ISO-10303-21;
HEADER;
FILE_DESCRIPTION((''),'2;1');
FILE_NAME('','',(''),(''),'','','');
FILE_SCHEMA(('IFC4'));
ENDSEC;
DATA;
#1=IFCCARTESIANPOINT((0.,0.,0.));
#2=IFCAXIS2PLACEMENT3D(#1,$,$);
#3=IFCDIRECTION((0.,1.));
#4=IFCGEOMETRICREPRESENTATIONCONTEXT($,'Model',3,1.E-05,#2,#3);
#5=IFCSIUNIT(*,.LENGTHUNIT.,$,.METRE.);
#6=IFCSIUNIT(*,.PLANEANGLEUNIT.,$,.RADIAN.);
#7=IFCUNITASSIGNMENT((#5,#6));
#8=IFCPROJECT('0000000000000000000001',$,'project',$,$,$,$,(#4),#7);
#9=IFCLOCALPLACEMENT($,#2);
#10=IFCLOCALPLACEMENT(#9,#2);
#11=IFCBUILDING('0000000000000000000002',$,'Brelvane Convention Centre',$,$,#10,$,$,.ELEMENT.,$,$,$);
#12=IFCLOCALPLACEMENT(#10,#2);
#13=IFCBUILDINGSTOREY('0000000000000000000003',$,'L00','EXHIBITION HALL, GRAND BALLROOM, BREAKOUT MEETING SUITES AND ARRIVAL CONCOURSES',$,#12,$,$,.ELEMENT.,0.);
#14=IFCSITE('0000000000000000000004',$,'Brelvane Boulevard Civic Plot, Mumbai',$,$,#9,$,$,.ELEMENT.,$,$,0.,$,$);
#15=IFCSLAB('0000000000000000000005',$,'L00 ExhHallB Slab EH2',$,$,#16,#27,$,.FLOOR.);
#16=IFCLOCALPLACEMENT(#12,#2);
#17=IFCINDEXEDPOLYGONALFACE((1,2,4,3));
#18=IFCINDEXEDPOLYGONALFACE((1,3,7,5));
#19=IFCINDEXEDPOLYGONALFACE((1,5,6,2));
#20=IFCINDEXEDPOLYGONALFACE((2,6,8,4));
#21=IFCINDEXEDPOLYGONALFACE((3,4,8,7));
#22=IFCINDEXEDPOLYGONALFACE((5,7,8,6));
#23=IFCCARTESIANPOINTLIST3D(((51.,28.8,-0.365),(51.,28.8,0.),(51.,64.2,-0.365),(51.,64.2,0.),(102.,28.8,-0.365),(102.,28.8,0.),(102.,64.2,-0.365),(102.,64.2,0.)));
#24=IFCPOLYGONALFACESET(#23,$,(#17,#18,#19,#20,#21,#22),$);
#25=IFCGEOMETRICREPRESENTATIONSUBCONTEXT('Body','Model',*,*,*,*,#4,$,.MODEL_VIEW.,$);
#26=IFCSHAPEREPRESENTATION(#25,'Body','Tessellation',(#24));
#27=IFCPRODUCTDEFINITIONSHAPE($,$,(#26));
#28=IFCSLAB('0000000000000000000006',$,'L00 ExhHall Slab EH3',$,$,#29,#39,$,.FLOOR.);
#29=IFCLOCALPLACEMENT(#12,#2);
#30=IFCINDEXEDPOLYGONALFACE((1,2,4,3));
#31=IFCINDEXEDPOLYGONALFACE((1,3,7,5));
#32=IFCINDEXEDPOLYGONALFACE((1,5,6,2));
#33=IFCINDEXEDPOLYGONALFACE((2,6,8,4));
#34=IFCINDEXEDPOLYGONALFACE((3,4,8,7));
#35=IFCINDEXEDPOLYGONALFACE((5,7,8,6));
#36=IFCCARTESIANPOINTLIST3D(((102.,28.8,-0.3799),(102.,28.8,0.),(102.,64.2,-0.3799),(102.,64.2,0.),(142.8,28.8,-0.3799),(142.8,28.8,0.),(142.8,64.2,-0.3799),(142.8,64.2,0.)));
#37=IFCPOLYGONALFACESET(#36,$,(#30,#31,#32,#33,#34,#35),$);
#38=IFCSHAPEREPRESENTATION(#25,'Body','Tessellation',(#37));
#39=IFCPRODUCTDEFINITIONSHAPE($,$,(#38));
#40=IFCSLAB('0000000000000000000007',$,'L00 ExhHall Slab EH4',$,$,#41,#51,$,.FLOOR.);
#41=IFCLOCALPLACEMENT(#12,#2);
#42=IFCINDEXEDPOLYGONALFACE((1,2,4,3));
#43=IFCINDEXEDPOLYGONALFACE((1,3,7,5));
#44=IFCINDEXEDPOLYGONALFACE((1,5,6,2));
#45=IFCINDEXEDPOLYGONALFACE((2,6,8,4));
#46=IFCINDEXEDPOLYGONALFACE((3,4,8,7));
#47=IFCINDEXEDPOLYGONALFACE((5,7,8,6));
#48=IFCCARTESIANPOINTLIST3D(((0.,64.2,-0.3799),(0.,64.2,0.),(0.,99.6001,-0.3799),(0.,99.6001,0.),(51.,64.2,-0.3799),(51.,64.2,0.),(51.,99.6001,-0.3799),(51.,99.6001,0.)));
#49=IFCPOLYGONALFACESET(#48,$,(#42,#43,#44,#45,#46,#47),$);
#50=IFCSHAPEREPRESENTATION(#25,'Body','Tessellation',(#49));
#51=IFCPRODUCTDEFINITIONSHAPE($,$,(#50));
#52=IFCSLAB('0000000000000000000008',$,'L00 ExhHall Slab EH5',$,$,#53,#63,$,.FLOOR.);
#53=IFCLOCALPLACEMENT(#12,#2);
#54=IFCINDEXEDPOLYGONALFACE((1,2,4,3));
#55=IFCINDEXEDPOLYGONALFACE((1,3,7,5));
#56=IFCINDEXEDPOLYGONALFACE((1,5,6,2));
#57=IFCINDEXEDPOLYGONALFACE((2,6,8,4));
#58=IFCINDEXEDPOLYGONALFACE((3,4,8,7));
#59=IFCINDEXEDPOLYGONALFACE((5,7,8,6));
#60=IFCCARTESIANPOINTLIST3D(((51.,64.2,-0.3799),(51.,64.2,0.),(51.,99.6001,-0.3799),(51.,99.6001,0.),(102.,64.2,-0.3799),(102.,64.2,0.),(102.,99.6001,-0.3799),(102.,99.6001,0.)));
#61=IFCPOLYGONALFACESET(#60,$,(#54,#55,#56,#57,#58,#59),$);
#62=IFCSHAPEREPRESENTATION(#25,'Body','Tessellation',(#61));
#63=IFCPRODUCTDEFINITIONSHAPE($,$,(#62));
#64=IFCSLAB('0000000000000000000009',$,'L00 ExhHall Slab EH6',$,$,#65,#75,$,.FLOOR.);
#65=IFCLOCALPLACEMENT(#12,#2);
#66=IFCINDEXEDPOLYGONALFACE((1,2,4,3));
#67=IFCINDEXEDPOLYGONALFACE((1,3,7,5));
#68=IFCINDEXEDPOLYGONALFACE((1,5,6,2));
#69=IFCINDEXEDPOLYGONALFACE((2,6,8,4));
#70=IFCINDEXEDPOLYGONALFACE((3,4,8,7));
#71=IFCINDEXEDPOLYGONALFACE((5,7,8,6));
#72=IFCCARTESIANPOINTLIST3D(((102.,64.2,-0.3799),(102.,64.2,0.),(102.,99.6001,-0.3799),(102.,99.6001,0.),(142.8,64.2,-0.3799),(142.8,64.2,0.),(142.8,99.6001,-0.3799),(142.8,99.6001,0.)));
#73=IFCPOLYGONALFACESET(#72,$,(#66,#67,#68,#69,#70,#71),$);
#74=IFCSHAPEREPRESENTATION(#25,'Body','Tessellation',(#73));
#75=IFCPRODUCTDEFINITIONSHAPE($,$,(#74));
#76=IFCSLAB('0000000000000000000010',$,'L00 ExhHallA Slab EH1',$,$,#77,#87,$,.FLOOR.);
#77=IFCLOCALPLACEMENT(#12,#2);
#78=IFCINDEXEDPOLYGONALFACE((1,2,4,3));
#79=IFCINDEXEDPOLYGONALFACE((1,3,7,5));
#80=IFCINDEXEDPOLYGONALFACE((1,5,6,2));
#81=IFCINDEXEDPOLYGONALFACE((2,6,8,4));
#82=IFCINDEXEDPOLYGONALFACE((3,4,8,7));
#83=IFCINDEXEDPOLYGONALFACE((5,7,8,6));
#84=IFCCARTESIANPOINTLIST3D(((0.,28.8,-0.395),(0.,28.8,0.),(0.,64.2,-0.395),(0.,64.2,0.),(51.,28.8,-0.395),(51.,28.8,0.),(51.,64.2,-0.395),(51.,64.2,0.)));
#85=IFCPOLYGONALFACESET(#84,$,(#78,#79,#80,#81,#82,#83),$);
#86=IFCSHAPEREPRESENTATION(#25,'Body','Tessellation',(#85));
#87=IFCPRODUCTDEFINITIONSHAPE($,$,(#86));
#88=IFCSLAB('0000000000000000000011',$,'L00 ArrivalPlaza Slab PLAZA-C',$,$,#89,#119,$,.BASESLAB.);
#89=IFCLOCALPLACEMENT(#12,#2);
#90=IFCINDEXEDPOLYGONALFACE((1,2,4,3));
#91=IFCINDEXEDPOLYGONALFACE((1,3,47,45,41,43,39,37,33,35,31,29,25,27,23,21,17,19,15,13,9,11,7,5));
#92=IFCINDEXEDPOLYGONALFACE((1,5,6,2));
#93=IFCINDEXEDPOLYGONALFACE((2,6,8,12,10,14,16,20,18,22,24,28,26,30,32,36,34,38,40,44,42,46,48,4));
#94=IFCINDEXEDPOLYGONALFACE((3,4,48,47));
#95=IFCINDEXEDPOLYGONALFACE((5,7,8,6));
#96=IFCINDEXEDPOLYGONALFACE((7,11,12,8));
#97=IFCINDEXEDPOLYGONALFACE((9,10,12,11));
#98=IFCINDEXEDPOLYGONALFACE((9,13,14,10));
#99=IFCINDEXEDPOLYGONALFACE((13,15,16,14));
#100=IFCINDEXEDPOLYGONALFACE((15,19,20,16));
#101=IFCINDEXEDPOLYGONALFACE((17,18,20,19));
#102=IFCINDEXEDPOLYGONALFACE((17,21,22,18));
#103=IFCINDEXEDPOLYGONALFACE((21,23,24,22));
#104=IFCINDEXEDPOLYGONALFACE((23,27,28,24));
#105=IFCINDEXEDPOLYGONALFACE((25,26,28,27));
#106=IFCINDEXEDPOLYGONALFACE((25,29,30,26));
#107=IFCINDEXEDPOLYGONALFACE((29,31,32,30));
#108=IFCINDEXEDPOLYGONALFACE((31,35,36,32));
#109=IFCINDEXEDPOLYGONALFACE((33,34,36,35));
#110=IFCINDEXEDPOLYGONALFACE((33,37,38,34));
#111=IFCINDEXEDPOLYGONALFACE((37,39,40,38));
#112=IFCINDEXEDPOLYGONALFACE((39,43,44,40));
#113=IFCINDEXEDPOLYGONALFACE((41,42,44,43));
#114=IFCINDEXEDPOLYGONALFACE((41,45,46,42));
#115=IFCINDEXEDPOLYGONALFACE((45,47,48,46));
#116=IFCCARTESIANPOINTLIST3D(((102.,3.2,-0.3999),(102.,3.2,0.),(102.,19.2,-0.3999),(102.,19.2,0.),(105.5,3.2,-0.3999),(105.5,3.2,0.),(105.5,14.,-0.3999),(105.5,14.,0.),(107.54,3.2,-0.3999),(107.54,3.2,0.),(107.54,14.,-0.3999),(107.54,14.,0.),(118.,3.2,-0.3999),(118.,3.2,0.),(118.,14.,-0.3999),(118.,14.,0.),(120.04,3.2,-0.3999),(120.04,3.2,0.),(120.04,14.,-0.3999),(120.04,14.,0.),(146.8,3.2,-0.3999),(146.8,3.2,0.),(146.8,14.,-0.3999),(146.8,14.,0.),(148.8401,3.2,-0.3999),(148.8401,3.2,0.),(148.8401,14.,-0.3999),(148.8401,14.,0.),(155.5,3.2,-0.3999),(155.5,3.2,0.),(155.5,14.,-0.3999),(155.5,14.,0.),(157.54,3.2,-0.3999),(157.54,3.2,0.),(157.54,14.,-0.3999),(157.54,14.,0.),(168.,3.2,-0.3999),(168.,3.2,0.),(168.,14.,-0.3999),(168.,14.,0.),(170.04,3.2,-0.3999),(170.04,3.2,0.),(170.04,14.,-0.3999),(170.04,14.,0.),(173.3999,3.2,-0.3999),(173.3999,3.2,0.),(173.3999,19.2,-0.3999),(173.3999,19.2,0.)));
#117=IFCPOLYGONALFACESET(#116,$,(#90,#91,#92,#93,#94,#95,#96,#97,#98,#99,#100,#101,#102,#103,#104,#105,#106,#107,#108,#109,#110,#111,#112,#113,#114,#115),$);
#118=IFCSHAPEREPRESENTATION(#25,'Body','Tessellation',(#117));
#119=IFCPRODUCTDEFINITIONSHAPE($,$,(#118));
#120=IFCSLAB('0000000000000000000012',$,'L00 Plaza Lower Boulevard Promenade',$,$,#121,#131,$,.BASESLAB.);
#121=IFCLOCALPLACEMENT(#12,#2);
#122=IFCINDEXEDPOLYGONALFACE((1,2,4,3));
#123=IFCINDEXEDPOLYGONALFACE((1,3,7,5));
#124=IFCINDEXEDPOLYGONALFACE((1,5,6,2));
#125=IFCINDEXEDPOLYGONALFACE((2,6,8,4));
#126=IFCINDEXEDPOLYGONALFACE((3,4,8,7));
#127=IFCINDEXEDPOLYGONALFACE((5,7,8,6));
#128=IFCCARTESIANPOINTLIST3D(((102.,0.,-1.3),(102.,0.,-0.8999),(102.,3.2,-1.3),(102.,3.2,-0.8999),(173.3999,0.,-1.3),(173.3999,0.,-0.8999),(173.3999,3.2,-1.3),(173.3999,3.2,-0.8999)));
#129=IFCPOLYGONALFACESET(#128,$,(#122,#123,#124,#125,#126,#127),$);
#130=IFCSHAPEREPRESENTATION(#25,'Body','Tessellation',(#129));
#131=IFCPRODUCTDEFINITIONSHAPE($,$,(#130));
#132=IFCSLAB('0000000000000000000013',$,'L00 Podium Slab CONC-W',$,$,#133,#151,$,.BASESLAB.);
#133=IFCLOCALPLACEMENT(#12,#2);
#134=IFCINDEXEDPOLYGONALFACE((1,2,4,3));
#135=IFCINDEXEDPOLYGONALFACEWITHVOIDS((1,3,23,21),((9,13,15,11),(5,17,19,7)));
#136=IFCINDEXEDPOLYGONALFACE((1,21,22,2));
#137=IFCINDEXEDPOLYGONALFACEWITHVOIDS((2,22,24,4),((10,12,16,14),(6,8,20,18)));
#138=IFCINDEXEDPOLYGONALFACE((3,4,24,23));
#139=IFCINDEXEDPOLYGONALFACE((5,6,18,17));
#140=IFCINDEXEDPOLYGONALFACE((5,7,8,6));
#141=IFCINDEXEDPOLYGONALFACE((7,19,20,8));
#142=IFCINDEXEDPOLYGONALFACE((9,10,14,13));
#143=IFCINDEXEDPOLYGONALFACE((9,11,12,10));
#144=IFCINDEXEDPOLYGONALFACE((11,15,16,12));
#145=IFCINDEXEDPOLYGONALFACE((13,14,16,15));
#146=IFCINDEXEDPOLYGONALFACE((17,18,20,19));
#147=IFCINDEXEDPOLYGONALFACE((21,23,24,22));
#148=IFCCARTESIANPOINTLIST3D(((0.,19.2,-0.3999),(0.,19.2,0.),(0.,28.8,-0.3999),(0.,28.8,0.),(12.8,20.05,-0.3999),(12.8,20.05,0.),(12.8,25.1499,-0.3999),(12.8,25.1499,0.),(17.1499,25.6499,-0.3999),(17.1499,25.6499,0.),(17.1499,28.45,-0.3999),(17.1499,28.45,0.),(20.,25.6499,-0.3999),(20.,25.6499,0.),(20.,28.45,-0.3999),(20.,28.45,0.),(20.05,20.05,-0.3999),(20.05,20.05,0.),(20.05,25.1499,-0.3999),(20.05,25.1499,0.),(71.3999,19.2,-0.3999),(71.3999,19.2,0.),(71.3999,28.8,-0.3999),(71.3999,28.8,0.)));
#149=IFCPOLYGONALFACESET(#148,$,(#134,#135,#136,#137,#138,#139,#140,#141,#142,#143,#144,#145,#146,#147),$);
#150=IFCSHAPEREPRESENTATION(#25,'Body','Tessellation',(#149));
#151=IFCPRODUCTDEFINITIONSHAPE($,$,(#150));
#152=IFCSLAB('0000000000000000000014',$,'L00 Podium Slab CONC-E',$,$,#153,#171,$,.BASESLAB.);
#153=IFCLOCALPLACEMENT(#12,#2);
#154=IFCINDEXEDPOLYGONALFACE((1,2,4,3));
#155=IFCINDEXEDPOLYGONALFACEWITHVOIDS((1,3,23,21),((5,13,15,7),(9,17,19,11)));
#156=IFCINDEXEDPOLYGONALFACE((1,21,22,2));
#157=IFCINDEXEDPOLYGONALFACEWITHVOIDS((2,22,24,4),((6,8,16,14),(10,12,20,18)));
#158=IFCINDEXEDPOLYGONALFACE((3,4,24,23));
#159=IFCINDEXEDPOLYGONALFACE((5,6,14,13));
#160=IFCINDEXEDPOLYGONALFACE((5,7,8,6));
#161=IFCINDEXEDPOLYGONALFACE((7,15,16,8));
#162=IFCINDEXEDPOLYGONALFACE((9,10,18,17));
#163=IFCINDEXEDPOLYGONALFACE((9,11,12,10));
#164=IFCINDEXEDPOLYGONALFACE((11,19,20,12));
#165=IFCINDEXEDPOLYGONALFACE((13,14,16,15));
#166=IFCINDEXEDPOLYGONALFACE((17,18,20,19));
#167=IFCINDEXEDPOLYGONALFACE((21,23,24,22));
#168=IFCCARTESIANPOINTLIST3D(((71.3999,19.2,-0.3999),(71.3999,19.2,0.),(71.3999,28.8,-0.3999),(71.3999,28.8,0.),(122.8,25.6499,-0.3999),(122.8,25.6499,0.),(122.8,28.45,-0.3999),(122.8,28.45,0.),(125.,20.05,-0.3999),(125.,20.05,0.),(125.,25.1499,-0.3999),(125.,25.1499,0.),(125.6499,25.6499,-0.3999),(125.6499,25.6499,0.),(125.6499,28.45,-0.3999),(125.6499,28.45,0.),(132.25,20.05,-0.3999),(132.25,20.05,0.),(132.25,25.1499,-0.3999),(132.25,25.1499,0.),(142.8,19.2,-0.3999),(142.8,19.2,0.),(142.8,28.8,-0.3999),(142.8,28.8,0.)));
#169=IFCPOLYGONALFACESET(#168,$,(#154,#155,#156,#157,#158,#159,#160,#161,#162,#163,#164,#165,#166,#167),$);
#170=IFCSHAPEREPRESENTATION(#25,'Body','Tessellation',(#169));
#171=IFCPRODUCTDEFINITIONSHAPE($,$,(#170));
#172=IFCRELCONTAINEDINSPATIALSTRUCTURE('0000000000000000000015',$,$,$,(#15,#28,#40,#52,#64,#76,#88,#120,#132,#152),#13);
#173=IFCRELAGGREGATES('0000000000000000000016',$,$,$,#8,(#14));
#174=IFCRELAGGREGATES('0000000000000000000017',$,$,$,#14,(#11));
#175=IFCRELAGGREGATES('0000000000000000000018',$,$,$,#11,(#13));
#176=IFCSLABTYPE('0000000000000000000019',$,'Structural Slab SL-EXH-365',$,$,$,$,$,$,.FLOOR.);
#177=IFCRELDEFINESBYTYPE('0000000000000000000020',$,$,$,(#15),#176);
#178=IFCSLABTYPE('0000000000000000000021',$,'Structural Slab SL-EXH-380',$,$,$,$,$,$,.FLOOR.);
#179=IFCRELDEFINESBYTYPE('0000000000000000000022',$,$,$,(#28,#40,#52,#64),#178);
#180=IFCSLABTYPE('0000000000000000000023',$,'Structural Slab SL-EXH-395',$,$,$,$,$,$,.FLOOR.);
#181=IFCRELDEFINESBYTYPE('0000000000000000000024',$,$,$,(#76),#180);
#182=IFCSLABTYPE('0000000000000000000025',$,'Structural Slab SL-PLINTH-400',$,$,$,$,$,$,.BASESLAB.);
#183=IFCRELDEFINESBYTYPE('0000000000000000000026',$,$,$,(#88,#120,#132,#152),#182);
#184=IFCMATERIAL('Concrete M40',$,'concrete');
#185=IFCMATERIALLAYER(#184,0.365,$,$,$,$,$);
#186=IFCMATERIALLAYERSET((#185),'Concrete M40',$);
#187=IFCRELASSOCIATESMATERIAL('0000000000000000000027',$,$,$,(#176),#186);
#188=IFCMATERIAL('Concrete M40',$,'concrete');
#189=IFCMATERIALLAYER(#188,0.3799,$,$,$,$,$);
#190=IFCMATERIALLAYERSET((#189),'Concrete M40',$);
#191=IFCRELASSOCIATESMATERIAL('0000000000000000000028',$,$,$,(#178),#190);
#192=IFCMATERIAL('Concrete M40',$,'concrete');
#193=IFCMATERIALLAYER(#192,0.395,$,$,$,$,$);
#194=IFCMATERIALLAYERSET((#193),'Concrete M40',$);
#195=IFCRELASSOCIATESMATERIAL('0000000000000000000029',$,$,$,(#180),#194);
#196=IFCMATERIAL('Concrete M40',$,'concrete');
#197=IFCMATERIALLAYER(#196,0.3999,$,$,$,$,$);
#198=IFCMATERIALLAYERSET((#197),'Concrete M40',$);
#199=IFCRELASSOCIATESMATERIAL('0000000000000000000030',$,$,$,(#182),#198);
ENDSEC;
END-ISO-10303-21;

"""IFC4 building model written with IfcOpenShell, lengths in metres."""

from ifc_helpers import new_model, si_unit, direction, frame, origin, place, context, subcontext, project, spatial, polyline, outline, extrude, material, layer, layer_set, type_object, element, save


model = new_model("IFC4")

# Units and contexts
model_context = context("Model", 3, precision=1e-05, world=origin(), true_north=direction((0.0, 1.0)))
body_context = subcontext(model_context, "Body", "Model", "MODEL_VIEW")
ifc_project = project(units=[si_unit("LENGTHUNIT", "METRE"), si_unit("PLANEANGLEUNIT", "RADIAN")], contexts=[model_context])

# Site, building, storey
site_placement = place(None, origin())
site = spatial("IfcSite", under=ifc_project, at=site_placement, Name="Brelvane Boulevard Civic Plot, Mumbai", CompositionType="ELEMENT", RefElevation=0.0)
building_placement = place(site_placement, origin())
building = spatial("IfcBuilding", under=site, at=building_placement, Name="Brelvane Convention Centre", CompositionType="ELEMENT")
storey_placement = place(building_placement, origin())
storey = spatial("IfcBuildingStorey", under=building, at=storey_placement, Name="L00", Description="EXHIBITION HALL, GRAND BALLROOM, BREAKOUT MEETING SUITES AND ARRIVAL CONCOURSES", CompositionType="ELEMENT", Elevation=0.0)

# Slabs
ifc_material_1 = material(Name="Concrete M40", Category="concrete")
ifc_layer_1 = layer(ifc_material_1, 0.365)
ifc_layer_set_1 = layer_set([ifc_layer_1], Name="Concrete M40")
slab_type_1 = type_object("IfcSlabType", Name="Structural Slab SL-EXH-365", PredefinedType="FLOOR", material=ifc_layer_set_1)
slab_1_placement = place(storey_placement, frame((0.0, 0.0, -0.365)))
element("IfcSlab", 1, at=slab_1_placement, inside=storey, type_object=slab_type_1, Name="L00 ExhHallB Slab EH2", PredefinedType="FLOOR", context=body_context, shape_type="SweptSolid", body=[
    extrude(outline(polyline([(51.0, 28.8), (102.0, 28.8), (102.0, 64.2), (51.0, 64.2), (51.0, 28.8)])), origin(), (0.0, 0.0, 1.0), 0.365),
])
ifc_material_2 = material(Name="Concrete M40", Category="concrete")
ifc_layer_2 = layer(ifc_material_2, 0.3799)
ifc_layer_set_2 = layer_set([ifc_layer_2], Name="Concrete M40")
slab_type_2 = type_object("IfcSlabType", Name="Structural Slab SL-EXH-380", PredefinedType="FLOOR", material=ifc_layer_set_2)
slab_2_placement = place(storey_placement, frame((0.0, 0.0, -0.3799)))
element("IfcSlab", 2, at=slab_2_placement, inside=storey, type_object=slab_type_2, Name="L00 ExhHall Slab EH3", PredefinedType="FLOOR", context=body_context, shape_type="SweptSolid", body=[
    extrude(outline(polyline([(102.0, 28.8), (142.8, 28.8), (142.8, 64.2), (102.0, 64.2), (102.0, 28.8)])), origin(), (0.0, 0.0, 1.0), 0.3799),
])
slab_3_placement = place(storey_placement, frame((0.0, 0.0, -0.3799)))
element("IfcSlab", 3, at=slab_3_placement, inside=storey, type_object=slab_type_2, Name="L00 ExhHall Slab EH4", PredefinedType="FLOOR", context=body_context, shape_type="SweptSolid", body=[
    extrude(outline(polyline([(0.0, 64.2), (51.0, 64.2), (51.0, 99.6001), (0.0, 99.6001), (0.0, 64.2)])), origin(), (0.0, 0.0, 1.0), 0.3799),
])
slab_4_placement = place(storey_placement, frame((0.0, 0.0, -0.3799)))
element("IfcSlab", 4, at=slab_4_placement, inside=storey, type_object=slab_type_2, Name="L00 ExhHall Slab EH5", PredefinedType="FLOOR", context=body_context, shape_type="SweptSolid", body=[
    extrude(outline(polyline([(51.0, 64.2), (102.0, 64.2), (102.0, 99.6001), (51.0, 99.6001), (51.0, 64.2)])), origin(), (0.0, 0.0, 1.0), 0.3799),
])
slab_5_placement = place(storey_placement, frame((0.0, 0.0, -0.3799)))
element("IfcSlab", 5, at=slab_5_placement, inside=storey, type_object=slab_type_2, Name="L00 ExhHall Slab EH6", PredefinedType="FLOOR", context=body_context, shape_type="SweptSolid", body=[
    extrude(outline(polyline([(102.0, 64.2), (142.8, 64.2), (142.8, 99.6001), (102.0, 99.6001), (102.0, 64.2)])), origin(), (0.0, 0.0, 1.0), 0.3799),
])
ifc_material_3 = material(Name="Concrete M40", Category="concrete")
ifc_layer_3 = layer(ifc_material_3, 0.395)
ifc_layer_set_3 = layer_set([ifc_layer_3], Name="Concrete M40")
slab_type_3 = type_object("IfcSlabType", Name="Structural Slab SL-EXH-395", PredefinedType="FLOOR", material=ifc_layer_set_3)
slab_6_placement = place(storey_placement, frame((0.0, 0.0, -0.395)))
element("IfcSlab", 6, at=slab_6_placement, inside=storey, type_object=slab_type_3, Name="L00 ExhHallA Slab EH1", PredefinedType="FLOOR", context=body_context, shape_type="SweptSolid", body=[
    extrude(outline(polyline([(0.0, 28.8), (51.0, 28.8), (51.0, 64.2), (0.0, 64.2), (0.0, 28.8)])), origin(), (0.0, 0.0, 1.0), 0.395),
])
ifc_material_4 = material(Name="Concrete M40", Category="concrete")
ifc_layer_4 = layer(ifc_material_4, 0.3999)
ifc_layer_set_4 = layer_set([ifc_layer_4], Name="Concrete M40")
slab_type_4 = type_object("IfcSlabType", Name="Structural Slab SL-PLINTH-400", PredefinedType="BASESLAB", material=ifc_layer_set_4)
slab_7_placement = place(storey_placement, frame((0.0, 0.0, -0.3999)))
element("IfcSlab", 7, at=slab_7_placement, inside=storey, type_object=slab_type_4, Name="L00 ArrivalPlaza Slab PLAZA-C", PredefinedType="BASESLAB", context=body_context, shape_type="SweptSolid", body=[
    extrude(outline(polyline([(102.0, 3.2), (105.5, 3.2), (105.5, 14.0), (107.54, 14.0), (107.54, 3.2), (118.0, 3.2), (118.0, 14.0), (120.04, 14.0), (120.04, 3.2), (146.8, 3.2), (146.8, 14.0), (148.8401, 14.0), (148.8401, 3.2), (155.5, 3.2), (155.5, 14.0), (157.54, 14.0), (157.54, 3.2), (168.0, 3.2), (168.0, 14.0), (170.04, 14.0), (170.04, 3.2), (173.3999, 3.2), (173.3999, 19.2), (102.0, 19.2), (102.0, 3.2)])), origin(), (0.0, 0.0, 1.0), 0.3999),
])
slab_8_placement = place(storey_placement, frame((0.0, 0.0, -1.3)))
element("IfcSlab", 8, at=slab_8_placement, inside=storey, type_object=slab_type_4, Name="L00 Plaza Lower Boulevard Promenade", PredefinedType="BASESLAB", context=body_context, shape_type="SweptSolid", body=[
    extrude(outline(polyline([(102.0, 0.0), (173.3999, 0.0), (173.3999, 3.2), (102.0, 3.2), (102.0, 0.0)])), origin(), (0.0, 0.0, 1.0), 0.4001),
])
slab_9_placement = place(storey_placement, frame((0.0, 0.0, -0.3999)))
element("IfcSlab", 9, at=slab_9_placement, inside=storey, type_object=slab_type_4, Name="L00 Podium Slab CONC-W", PredefinedType="BASESLAB", context=body_context, shape_type="SweptSolid", body=[
    extrude(outline(polyline([(0.0, 19.2), (71.3999, 19.2), (71.3999, 28.8), (0.0, 28.8), (0.0, 19.2)]), holes=[polyline([(12.8, 20.05), (20.05, 20.05), (20.05, 25.1499), (12.8, 25.1499), (12.8, 20.05)]), polyline([(17.1499, 25.6499), (20.0, 25.6499), (20.0, 28.45), (17.1499, 28.45), (17.1499, 25.6499)])]), origin(), (0.0, 0.0, 1.0), 0.3999),
])
slab_10_placement = place(storey_placement, frame((0.0, 0.0, -0.3999)))
element("IfcSlab", 10, at=slab_10_placement, inside=storey, type_object=slab_type_4, Name="L00 Podium Slab CONC-E", PredefinedType="BASESLAB", context=body_context, shape_type="SweptSolid", body=[
    extrude(outline(polyline([(71.3999, 19.2), (142.8, 19.2), (142.8, 28.8), (71.3999, 28.8), (71.3999, 19.2)]), holes=[polyline([(125.0, 20.05), (132.25, 20.05), (132.25, 25.1499), (125.0, 25.1499), (125.0, 20.05)]), polyline([(122.8, 25.6499), (125.6499, 25.6499), (125.6499, 28.45), (122.8, 28.45), (122.8, 25.6499)])]), origin(), (0.0, 0.0, 1.0), 0.3999),
])

save(model, "model.ifc")
